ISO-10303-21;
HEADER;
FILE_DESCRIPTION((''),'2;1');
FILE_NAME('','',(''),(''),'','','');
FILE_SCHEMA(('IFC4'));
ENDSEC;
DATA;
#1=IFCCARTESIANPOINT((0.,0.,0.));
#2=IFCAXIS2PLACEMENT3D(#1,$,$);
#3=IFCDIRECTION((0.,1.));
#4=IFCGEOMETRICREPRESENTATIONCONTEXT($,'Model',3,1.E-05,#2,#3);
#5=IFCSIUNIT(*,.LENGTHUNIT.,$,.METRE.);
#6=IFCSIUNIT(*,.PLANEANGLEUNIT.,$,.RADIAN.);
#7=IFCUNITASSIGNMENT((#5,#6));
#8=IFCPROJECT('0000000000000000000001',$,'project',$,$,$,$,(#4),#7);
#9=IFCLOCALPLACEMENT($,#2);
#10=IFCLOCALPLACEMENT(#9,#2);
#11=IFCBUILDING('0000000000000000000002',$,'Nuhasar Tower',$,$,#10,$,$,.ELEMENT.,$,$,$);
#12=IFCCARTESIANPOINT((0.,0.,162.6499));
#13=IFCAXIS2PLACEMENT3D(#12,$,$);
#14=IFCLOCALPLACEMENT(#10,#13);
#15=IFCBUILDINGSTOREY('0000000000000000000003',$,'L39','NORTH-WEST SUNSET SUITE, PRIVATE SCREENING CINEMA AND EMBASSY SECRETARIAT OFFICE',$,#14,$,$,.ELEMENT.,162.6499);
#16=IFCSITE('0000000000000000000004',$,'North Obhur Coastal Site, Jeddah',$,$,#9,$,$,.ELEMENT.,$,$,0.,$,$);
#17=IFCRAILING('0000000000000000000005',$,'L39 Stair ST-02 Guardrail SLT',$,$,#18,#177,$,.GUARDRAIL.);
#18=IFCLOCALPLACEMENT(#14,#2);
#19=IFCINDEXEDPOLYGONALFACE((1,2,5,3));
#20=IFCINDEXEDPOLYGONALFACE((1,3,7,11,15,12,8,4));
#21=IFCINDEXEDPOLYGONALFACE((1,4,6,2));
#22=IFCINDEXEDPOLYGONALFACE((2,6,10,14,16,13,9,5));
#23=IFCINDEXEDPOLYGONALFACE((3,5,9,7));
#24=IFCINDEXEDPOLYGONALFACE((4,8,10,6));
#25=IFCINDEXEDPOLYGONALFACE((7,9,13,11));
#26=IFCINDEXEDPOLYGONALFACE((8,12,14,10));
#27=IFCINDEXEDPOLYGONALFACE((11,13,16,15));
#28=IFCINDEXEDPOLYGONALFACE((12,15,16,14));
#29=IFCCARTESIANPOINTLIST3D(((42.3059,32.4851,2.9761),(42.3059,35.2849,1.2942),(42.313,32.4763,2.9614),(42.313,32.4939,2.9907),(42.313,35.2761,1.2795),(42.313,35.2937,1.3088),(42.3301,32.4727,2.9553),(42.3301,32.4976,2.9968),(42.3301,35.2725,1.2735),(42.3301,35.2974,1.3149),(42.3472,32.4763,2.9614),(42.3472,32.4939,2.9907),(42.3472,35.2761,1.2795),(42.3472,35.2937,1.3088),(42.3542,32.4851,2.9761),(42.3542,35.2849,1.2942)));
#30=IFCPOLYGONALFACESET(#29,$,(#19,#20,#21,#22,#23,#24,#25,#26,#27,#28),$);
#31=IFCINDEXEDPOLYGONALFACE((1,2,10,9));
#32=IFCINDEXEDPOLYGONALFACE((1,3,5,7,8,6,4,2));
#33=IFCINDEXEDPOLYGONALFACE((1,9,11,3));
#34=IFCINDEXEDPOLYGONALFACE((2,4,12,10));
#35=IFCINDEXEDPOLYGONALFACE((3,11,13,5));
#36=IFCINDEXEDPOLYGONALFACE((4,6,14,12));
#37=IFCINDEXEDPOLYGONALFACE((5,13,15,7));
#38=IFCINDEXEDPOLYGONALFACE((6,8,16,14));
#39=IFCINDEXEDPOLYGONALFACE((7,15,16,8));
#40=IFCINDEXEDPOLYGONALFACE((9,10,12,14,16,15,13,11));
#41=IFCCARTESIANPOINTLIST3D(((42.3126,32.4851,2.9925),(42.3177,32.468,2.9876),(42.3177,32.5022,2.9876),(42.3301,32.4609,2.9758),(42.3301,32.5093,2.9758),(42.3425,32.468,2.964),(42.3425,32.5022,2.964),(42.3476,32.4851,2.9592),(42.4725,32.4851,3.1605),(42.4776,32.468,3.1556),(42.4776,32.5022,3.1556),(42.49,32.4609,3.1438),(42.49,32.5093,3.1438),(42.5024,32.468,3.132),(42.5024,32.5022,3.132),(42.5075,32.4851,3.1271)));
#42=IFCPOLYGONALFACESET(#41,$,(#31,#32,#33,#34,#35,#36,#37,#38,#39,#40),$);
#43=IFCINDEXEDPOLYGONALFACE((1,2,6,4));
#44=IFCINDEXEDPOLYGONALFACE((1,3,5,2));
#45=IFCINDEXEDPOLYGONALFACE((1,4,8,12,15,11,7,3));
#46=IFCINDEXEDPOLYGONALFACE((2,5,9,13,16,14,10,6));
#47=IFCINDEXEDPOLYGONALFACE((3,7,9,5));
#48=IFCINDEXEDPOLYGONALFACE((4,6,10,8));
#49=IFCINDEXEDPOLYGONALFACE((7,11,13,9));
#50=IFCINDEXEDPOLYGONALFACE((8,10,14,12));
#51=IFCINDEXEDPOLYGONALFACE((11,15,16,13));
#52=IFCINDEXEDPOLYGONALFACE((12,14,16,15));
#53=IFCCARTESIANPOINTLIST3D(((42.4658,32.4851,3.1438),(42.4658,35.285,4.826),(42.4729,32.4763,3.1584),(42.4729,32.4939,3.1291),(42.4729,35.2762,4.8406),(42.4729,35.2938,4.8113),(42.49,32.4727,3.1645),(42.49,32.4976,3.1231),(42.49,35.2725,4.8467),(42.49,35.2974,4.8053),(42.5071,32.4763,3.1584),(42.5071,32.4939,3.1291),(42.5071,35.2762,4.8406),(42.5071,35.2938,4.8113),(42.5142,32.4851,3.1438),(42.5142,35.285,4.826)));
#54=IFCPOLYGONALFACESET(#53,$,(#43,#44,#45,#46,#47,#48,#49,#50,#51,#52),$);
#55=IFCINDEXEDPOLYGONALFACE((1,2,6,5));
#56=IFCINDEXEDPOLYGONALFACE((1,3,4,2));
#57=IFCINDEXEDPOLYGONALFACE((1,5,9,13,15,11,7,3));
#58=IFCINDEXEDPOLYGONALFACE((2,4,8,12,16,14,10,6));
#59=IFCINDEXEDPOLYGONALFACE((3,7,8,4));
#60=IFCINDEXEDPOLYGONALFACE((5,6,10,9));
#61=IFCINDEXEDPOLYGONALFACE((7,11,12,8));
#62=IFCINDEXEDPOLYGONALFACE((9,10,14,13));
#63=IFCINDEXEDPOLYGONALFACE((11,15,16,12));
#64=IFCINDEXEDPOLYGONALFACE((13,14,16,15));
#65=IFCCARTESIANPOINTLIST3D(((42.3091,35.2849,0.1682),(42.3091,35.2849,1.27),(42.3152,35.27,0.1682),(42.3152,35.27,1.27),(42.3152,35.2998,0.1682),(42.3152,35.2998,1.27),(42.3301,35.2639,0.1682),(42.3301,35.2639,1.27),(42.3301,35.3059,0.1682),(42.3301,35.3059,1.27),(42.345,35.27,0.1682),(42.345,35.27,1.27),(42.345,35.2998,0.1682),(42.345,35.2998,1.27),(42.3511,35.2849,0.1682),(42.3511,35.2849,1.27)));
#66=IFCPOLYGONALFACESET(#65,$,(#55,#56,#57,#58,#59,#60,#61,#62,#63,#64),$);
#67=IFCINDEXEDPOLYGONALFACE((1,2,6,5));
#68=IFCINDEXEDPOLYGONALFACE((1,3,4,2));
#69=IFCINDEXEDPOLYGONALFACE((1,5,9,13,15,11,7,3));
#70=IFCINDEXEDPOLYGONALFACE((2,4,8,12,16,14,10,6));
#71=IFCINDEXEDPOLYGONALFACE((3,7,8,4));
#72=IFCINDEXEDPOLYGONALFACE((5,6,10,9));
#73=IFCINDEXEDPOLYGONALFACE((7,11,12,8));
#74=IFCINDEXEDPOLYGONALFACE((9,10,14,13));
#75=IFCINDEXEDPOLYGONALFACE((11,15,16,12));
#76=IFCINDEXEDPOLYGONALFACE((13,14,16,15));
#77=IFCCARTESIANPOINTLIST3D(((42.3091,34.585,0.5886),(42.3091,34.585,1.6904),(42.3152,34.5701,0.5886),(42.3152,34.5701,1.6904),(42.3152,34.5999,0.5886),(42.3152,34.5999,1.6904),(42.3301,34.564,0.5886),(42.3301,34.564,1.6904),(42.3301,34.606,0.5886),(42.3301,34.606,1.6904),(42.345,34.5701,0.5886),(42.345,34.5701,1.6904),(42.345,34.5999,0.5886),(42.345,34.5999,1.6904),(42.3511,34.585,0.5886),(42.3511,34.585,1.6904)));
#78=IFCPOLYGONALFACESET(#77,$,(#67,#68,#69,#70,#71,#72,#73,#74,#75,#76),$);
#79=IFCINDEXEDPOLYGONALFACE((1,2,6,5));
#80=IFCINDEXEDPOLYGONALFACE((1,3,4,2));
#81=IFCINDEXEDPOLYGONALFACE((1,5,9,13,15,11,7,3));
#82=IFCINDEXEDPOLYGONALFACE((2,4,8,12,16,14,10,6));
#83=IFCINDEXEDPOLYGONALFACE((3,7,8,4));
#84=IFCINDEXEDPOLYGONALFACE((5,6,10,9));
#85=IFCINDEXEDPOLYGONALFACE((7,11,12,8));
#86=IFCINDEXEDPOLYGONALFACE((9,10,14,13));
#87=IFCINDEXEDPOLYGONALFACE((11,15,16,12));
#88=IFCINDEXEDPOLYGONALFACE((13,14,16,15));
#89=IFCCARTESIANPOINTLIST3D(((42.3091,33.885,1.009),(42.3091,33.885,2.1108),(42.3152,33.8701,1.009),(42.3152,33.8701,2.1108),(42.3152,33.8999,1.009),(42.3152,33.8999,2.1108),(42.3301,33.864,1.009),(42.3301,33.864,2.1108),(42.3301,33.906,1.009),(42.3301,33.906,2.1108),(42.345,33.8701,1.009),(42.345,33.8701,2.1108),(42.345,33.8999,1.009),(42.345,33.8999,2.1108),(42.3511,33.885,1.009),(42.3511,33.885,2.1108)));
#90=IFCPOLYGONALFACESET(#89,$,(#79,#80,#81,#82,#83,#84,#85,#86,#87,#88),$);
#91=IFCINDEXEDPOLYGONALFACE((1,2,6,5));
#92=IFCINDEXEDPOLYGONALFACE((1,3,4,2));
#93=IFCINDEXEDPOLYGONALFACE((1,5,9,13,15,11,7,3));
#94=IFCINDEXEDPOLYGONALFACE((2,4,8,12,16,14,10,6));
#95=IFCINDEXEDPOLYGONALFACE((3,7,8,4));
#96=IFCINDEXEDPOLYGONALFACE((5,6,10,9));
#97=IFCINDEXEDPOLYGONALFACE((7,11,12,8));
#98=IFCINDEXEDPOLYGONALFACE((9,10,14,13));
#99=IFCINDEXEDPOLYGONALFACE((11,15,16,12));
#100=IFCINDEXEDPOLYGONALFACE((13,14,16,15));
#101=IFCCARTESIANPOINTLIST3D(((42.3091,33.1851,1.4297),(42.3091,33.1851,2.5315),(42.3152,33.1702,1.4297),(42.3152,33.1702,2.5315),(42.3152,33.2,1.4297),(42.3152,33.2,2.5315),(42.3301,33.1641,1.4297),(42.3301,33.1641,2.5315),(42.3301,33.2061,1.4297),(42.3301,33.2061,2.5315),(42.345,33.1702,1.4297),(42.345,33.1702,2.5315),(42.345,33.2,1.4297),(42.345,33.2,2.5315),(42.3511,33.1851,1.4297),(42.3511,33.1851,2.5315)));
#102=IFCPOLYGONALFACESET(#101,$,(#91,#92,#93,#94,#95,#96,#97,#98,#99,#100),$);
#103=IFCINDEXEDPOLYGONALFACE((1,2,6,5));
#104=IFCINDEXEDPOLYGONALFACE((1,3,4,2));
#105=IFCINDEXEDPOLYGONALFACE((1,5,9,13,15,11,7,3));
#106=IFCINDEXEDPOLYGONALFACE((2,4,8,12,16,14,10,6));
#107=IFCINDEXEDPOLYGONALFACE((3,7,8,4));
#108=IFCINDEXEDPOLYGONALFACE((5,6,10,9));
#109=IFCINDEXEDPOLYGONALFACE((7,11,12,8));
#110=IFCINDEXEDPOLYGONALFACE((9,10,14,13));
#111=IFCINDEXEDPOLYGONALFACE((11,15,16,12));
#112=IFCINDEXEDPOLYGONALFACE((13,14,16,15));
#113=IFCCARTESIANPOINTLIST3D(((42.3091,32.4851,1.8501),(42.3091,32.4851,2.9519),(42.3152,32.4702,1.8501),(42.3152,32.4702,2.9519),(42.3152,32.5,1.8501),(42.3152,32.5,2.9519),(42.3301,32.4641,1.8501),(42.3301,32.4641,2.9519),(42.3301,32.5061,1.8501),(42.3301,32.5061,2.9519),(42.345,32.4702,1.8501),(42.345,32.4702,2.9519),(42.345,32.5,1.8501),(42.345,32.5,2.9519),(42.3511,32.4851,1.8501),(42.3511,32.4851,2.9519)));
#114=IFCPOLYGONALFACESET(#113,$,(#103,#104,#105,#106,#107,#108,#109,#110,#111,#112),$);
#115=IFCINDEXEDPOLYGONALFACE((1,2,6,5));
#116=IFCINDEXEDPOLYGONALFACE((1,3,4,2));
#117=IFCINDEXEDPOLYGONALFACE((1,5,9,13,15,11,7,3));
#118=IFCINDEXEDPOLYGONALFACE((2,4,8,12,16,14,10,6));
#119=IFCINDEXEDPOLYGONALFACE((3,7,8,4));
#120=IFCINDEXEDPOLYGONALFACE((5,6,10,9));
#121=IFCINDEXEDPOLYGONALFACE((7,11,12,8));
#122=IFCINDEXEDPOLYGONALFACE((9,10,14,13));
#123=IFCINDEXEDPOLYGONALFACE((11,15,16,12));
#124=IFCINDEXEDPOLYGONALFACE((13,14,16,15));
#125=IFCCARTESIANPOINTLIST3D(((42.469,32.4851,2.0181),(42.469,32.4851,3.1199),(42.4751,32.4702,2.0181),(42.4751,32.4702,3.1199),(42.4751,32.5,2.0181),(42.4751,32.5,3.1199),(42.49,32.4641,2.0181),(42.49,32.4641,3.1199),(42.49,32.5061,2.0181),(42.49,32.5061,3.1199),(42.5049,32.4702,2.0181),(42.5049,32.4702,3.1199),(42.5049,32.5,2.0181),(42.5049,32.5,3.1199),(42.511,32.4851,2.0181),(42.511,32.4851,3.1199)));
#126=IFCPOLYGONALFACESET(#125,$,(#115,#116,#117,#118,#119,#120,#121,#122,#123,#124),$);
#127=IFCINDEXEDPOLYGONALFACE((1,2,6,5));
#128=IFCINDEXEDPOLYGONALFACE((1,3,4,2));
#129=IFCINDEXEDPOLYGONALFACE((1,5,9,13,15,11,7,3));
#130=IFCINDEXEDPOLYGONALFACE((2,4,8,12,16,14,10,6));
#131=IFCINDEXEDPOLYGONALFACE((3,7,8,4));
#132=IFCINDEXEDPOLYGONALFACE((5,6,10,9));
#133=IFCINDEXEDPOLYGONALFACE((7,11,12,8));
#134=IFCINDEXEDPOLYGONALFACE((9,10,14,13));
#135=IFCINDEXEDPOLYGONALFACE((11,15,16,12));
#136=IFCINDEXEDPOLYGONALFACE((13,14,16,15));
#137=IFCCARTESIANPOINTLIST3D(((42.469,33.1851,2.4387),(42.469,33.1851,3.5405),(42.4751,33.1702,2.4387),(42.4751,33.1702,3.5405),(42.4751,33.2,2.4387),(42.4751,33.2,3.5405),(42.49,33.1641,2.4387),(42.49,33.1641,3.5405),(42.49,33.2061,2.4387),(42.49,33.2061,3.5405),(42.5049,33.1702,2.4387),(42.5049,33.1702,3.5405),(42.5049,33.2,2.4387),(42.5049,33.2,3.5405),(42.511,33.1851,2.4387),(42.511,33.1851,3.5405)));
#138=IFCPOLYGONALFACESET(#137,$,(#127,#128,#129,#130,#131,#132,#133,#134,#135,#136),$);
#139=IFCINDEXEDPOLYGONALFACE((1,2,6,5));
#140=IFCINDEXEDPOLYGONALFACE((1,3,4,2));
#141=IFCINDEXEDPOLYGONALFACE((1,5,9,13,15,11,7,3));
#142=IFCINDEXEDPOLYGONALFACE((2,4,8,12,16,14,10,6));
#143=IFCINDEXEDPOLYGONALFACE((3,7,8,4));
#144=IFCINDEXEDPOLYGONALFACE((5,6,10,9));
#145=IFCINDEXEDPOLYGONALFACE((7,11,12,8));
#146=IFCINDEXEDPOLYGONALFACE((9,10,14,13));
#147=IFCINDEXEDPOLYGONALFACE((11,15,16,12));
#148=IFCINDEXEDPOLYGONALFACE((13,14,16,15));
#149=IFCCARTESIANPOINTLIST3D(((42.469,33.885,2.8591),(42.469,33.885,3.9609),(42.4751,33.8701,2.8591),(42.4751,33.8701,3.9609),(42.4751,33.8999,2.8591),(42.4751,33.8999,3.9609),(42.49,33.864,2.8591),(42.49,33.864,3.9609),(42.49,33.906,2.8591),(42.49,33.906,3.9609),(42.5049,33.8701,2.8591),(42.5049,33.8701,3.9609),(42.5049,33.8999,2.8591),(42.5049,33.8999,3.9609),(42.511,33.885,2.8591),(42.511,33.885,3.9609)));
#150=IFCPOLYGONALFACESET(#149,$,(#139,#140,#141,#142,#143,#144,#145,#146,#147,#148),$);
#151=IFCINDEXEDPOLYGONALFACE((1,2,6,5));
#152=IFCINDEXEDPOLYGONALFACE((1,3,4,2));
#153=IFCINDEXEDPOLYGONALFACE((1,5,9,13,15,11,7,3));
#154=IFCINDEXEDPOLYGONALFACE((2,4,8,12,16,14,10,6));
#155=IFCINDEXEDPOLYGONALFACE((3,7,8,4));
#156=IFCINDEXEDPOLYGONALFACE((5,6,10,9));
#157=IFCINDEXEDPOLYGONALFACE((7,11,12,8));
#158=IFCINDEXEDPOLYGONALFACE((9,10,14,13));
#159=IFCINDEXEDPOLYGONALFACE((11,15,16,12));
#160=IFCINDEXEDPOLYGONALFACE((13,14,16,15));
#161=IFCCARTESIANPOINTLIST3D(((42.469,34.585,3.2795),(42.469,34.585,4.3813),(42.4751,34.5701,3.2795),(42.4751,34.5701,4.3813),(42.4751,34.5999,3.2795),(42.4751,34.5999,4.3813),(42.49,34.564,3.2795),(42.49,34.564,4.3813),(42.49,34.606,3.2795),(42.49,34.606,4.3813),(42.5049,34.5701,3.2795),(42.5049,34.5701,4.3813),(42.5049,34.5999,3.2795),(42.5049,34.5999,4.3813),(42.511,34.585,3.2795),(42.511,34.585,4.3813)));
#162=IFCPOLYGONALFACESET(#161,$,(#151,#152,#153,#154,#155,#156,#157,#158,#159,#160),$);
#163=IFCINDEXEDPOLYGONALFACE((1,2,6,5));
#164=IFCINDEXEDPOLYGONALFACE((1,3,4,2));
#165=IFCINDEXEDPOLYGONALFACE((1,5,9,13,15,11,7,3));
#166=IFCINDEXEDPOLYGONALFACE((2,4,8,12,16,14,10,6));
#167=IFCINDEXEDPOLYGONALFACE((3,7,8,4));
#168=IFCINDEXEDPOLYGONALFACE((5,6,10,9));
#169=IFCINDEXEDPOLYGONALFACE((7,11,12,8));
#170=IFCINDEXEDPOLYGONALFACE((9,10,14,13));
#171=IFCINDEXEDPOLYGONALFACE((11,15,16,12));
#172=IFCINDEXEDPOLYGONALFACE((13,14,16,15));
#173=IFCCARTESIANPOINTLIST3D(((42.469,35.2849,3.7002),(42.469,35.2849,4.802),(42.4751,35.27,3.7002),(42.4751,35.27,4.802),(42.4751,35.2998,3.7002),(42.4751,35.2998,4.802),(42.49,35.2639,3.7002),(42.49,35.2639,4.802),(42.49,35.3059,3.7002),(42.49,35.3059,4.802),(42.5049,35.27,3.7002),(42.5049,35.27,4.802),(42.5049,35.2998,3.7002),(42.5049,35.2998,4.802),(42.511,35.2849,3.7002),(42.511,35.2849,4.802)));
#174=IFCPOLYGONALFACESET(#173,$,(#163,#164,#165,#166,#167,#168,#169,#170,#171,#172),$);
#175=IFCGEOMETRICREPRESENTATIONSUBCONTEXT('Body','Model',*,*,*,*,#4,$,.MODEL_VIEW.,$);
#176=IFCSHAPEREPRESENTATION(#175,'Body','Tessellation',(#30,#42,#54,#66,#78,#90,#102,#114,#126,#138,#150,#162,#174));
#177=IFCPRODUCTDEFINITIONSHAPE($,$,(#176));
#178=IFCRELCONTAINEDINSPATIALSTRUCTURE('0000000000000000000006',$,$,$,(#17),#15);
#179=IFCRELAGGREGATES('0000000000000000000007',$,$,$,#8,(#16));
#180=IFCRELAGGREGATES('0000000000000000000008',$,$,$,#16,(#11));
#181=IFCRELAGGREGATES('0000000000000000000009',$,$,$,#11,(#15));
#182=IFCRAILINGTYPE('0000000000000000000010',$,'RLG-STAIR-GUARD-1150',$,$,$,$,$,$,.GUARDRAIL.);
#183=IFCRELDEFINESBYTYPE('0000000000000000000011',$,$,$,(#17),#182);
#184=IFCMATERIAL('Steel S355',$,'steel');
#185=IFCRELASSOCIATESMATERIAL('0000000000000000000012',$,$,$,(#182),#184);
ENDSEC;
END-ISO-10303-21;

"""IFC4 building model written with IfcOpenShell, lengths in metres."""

from ifc_helpers import new_model, si_unit, direction, frame, origin, place, context, subcontext, project, spatial, polyline, outline, extrude, material, type_object, element, save


model = new_model("IFC4")

# Units and contexts
model_context = context("Model", 3, precision=1e-05, world=origin(), true_north=direction((0.0, 1.0)))
body_context = subcontext(model_context, "Body", "Model", "MODEL_VIEW")
ifc_project = project(units=[si_unit("LENGTHUNIT", "METRE"), si_unit("PLANEANGLEUNIT", "RADIAN")], contexts=[model_context])

# Site, building, storey
site_placement = place(None, origin())
site = spatial("IfcSite", under=ifc_project, at=site_placement, Name="North Obhur Coastal Site, Jeddah", CompositionType="ELEMENT", RefElevation=0.0)
building_placement = place(site_placement, origin())
building = spatial("IfcBuilding", under=site, at=building_placement, Name="Nuhasar Tower", CompositionType="ELEMENT")
storey_placement = place(building_placement, frame((0.0, 0.0, 162.6499)))
storey = spatial("IfcBuildingStorey", under=building, at=storey_placement, Name="L39", Description="NORTH-WEST SUNSET SUITE, PRIVATE SCREENING CINEMA AND EMBASSY SECRETARIAT OFFICE", CompositionType="ELEMENT", Elevation=162.6499)

# Shared definitions
ifc_material_1 = material(Name="Steel S355", Category="steel")

# Railing
railing_type_1 = type_object("IfcRailingType", Name="RLG-STAIR-GUARD-1150", PredefinedType="GUARDRAIL", material=ifc_material_1)
railing_1_placement = place(storey_placement, frame((42.3301, 35.2849, 0.1682)))
element("IfcRailing", 1, at=railing_1_placement, inside=storey, type_object=railing_type_1, Name="L39 Stair ST-02 Guardrail SLT", PredefinedType="GUARDRAIL", context=body_context, shape_type="SweptSolid", body=[
    extrude(outline(polyline([(0.0242, 0.0), (0.0171, 0.0171), (0.0, 0.0242), (-0.0171, 0.0171), (-0.0242, 0.0), (-0.0171, -0.0171), (0.0, -0.0242), (0.0171, -0.0171), (0.0242, 0.0)])), frame((0.0, 0.0, 1.126), z_axis=(0.0, -0.857222, 0.514946), x_axis=(1.0, 0.0, 0.0)), (0.0, 0.0, 1.0), 3.2661),
    extrude(outline(polyline([(0.0242, 0.0), (0.0171, 0.0171), (0.0, 0.0242), (-0.0171, 0.0171), (-0.0242, 0.0), (-0.0171, -0.0171), (0.0, -0.0242), (0.0171, -0.0171), (0.0242, 0.0)])), frame((0.0, -2.7998, 2.8076), z_axis=(0.689524, 0.0, 0.724263), x_axis=(0.0, 1.0, 0.0)), (0.0, 0.0, 1.0), 0.2319),
    extrude(outline(polyline([(0.0242, 0.0), (0.0171, 0.0171), (0.0, 0.0242), (-0.0171, 0.0171), (-0.0242, 0.0), (-0.0171, -0.0171), (0.0, -0.0242), (0.0171, -0.0171), (0.0242, 0.0)])), frame((0.1599, -2.7998, 2.9756), z_axis=(0.0, 0.857189, 0.515001), x_axis=(-1.0, 0.0, 0.0)), (0.0, 0.0, 1.0), 3.2664),
    extrude(outline(polyline([(0.021, 0.0), (0.0149, 0.0149), (0.0, 0.021), (-0.0149, 0.0149), (-0.021, 0.0), (-0.0149, -0.0149), (0.0, -0.021), (0.0149, -0.0149), (0.021, 0.0)])), origin(), (0.0, 0.0, 1.0), 1.1018),
    extrude(outline(polyline([(0.021, 0.0), (0.0149, 0.0149), (0.0, 0.021), (-0.0149, 0.0149), (-0.021, 0.0), (-0.0149, -0.0149), (0.0, -0.021), (0.0149, -0.0149), (0.021, 0.0)])), frame((0.0, -0.7, 0.4204)), (0.0, 0.0, 1.0), 1.1018),
    extrude(outline(polyline([(0.021, 0.0), (0.0149, 0.0149), (0.0, 0.021), (-0.0149, 0.0149), (-0.021, 0.0), (-0.0149, -0.0149), (0.0, -0.021), (0.0149, -0.0149), (0.021, 0.0)])), frame((0.0, -1.3999, 0.8408)), (0.0, 0.0, 1.0), 1.1018),
    extrude(outline(polyline([(0.021, 0.0), (0.0149, 0.0149), (0.0, 0.021), (-0.0149, 0.0149), (-0.021, 0.0), (-0.0149, -0.0149), (0.0, -0.021), (0.0149, -0.0149), (0.021, 0.0)])), frame((0.0, -2.0999, 1.2615)), (0.0, 0.0, 1.0), 1.1018),
    extrude(outline(polyline([(0.021, 0.0), (0.0149, 0.0149), (0.0, 0.021), (-0.0149, 0.0149), (-0.021, 0.0), (-0.0149, -0.0149), (0.0, -0.021), (0.0149, -0.0149), (0.021, 0.0)])), frame((0.0, -2.7998, 1.6819)), (0.0, 0.0, 1.0), 1.1018),
    extrude(outline(polyline([(0.021, 0.0), (0.0149, 0.0149), (0.0, 0.021), (-0.0149, 0.0149), (-0.021, 0.0), (-0.0149, -0.0149), (0.0, -0.021), (0.0149, -0.0149), (0.021, 0.0)])), frame((0.1599, -2.7998, 1.8499)), (0.0, 0.0, 1.0), 1.1018),
    extrude(outline(polyline([(0.021, 0.0), (0.0149, 0.0149), (0.0, 0.021), (-0.0149, 0.0149), (-0.021, 0.0), (-0.0149, -0.0149), (0.0, -0.021), (0.0149, -0.0149), (0.021, 0.0)])), frame((0.1599, -2.0999, 2.2705)), (0.0, 0.0, 1.0), 1.1018),
    extrude(outline(polyline([(0.021, 0.0), (0.0149, 0.0149), (0.0, 0.021), (-0.0149, 0.0149), (-0.021, 0.0), (-0.0149, -0.0149), (0.0, -0.021), (0.0149, -0.0149), (0.021, 0.0)])), frame((0.1599, -1.3999, 2.6909)), (0.0, 0.0, 1.0), 1.1018),
    extrude(outline(polyline([(0.021, 0.0), (0.0149, 0.0149), (0.0, 0.021), (-0.0149, 0.0149), (-0.021, 0.0), (-0.0149, -0.0149), (0.0, -0.021), (0.0149, -0.0149), (0.021, 0.0)])), frame((0.1599, -0.7, 3.1113)), (0.0, 0.0, 1.0), 1.1018),
    extrude(outline(polyline([(0.021, 0.0), (0.0149, 0.0149), (0.0, 0.021), (-0.0149, 0.0149), (-0.021, 0.0), (-0.0149, -0.0149), (0.0, -0.021), (0.0149, -0.0149), (0.021, 0.0)])), frame((0.1599, 0.0, 3.532)), (0.0, 0.0, 1.0), 1.1018),
])

save(model, "model.ifc")
